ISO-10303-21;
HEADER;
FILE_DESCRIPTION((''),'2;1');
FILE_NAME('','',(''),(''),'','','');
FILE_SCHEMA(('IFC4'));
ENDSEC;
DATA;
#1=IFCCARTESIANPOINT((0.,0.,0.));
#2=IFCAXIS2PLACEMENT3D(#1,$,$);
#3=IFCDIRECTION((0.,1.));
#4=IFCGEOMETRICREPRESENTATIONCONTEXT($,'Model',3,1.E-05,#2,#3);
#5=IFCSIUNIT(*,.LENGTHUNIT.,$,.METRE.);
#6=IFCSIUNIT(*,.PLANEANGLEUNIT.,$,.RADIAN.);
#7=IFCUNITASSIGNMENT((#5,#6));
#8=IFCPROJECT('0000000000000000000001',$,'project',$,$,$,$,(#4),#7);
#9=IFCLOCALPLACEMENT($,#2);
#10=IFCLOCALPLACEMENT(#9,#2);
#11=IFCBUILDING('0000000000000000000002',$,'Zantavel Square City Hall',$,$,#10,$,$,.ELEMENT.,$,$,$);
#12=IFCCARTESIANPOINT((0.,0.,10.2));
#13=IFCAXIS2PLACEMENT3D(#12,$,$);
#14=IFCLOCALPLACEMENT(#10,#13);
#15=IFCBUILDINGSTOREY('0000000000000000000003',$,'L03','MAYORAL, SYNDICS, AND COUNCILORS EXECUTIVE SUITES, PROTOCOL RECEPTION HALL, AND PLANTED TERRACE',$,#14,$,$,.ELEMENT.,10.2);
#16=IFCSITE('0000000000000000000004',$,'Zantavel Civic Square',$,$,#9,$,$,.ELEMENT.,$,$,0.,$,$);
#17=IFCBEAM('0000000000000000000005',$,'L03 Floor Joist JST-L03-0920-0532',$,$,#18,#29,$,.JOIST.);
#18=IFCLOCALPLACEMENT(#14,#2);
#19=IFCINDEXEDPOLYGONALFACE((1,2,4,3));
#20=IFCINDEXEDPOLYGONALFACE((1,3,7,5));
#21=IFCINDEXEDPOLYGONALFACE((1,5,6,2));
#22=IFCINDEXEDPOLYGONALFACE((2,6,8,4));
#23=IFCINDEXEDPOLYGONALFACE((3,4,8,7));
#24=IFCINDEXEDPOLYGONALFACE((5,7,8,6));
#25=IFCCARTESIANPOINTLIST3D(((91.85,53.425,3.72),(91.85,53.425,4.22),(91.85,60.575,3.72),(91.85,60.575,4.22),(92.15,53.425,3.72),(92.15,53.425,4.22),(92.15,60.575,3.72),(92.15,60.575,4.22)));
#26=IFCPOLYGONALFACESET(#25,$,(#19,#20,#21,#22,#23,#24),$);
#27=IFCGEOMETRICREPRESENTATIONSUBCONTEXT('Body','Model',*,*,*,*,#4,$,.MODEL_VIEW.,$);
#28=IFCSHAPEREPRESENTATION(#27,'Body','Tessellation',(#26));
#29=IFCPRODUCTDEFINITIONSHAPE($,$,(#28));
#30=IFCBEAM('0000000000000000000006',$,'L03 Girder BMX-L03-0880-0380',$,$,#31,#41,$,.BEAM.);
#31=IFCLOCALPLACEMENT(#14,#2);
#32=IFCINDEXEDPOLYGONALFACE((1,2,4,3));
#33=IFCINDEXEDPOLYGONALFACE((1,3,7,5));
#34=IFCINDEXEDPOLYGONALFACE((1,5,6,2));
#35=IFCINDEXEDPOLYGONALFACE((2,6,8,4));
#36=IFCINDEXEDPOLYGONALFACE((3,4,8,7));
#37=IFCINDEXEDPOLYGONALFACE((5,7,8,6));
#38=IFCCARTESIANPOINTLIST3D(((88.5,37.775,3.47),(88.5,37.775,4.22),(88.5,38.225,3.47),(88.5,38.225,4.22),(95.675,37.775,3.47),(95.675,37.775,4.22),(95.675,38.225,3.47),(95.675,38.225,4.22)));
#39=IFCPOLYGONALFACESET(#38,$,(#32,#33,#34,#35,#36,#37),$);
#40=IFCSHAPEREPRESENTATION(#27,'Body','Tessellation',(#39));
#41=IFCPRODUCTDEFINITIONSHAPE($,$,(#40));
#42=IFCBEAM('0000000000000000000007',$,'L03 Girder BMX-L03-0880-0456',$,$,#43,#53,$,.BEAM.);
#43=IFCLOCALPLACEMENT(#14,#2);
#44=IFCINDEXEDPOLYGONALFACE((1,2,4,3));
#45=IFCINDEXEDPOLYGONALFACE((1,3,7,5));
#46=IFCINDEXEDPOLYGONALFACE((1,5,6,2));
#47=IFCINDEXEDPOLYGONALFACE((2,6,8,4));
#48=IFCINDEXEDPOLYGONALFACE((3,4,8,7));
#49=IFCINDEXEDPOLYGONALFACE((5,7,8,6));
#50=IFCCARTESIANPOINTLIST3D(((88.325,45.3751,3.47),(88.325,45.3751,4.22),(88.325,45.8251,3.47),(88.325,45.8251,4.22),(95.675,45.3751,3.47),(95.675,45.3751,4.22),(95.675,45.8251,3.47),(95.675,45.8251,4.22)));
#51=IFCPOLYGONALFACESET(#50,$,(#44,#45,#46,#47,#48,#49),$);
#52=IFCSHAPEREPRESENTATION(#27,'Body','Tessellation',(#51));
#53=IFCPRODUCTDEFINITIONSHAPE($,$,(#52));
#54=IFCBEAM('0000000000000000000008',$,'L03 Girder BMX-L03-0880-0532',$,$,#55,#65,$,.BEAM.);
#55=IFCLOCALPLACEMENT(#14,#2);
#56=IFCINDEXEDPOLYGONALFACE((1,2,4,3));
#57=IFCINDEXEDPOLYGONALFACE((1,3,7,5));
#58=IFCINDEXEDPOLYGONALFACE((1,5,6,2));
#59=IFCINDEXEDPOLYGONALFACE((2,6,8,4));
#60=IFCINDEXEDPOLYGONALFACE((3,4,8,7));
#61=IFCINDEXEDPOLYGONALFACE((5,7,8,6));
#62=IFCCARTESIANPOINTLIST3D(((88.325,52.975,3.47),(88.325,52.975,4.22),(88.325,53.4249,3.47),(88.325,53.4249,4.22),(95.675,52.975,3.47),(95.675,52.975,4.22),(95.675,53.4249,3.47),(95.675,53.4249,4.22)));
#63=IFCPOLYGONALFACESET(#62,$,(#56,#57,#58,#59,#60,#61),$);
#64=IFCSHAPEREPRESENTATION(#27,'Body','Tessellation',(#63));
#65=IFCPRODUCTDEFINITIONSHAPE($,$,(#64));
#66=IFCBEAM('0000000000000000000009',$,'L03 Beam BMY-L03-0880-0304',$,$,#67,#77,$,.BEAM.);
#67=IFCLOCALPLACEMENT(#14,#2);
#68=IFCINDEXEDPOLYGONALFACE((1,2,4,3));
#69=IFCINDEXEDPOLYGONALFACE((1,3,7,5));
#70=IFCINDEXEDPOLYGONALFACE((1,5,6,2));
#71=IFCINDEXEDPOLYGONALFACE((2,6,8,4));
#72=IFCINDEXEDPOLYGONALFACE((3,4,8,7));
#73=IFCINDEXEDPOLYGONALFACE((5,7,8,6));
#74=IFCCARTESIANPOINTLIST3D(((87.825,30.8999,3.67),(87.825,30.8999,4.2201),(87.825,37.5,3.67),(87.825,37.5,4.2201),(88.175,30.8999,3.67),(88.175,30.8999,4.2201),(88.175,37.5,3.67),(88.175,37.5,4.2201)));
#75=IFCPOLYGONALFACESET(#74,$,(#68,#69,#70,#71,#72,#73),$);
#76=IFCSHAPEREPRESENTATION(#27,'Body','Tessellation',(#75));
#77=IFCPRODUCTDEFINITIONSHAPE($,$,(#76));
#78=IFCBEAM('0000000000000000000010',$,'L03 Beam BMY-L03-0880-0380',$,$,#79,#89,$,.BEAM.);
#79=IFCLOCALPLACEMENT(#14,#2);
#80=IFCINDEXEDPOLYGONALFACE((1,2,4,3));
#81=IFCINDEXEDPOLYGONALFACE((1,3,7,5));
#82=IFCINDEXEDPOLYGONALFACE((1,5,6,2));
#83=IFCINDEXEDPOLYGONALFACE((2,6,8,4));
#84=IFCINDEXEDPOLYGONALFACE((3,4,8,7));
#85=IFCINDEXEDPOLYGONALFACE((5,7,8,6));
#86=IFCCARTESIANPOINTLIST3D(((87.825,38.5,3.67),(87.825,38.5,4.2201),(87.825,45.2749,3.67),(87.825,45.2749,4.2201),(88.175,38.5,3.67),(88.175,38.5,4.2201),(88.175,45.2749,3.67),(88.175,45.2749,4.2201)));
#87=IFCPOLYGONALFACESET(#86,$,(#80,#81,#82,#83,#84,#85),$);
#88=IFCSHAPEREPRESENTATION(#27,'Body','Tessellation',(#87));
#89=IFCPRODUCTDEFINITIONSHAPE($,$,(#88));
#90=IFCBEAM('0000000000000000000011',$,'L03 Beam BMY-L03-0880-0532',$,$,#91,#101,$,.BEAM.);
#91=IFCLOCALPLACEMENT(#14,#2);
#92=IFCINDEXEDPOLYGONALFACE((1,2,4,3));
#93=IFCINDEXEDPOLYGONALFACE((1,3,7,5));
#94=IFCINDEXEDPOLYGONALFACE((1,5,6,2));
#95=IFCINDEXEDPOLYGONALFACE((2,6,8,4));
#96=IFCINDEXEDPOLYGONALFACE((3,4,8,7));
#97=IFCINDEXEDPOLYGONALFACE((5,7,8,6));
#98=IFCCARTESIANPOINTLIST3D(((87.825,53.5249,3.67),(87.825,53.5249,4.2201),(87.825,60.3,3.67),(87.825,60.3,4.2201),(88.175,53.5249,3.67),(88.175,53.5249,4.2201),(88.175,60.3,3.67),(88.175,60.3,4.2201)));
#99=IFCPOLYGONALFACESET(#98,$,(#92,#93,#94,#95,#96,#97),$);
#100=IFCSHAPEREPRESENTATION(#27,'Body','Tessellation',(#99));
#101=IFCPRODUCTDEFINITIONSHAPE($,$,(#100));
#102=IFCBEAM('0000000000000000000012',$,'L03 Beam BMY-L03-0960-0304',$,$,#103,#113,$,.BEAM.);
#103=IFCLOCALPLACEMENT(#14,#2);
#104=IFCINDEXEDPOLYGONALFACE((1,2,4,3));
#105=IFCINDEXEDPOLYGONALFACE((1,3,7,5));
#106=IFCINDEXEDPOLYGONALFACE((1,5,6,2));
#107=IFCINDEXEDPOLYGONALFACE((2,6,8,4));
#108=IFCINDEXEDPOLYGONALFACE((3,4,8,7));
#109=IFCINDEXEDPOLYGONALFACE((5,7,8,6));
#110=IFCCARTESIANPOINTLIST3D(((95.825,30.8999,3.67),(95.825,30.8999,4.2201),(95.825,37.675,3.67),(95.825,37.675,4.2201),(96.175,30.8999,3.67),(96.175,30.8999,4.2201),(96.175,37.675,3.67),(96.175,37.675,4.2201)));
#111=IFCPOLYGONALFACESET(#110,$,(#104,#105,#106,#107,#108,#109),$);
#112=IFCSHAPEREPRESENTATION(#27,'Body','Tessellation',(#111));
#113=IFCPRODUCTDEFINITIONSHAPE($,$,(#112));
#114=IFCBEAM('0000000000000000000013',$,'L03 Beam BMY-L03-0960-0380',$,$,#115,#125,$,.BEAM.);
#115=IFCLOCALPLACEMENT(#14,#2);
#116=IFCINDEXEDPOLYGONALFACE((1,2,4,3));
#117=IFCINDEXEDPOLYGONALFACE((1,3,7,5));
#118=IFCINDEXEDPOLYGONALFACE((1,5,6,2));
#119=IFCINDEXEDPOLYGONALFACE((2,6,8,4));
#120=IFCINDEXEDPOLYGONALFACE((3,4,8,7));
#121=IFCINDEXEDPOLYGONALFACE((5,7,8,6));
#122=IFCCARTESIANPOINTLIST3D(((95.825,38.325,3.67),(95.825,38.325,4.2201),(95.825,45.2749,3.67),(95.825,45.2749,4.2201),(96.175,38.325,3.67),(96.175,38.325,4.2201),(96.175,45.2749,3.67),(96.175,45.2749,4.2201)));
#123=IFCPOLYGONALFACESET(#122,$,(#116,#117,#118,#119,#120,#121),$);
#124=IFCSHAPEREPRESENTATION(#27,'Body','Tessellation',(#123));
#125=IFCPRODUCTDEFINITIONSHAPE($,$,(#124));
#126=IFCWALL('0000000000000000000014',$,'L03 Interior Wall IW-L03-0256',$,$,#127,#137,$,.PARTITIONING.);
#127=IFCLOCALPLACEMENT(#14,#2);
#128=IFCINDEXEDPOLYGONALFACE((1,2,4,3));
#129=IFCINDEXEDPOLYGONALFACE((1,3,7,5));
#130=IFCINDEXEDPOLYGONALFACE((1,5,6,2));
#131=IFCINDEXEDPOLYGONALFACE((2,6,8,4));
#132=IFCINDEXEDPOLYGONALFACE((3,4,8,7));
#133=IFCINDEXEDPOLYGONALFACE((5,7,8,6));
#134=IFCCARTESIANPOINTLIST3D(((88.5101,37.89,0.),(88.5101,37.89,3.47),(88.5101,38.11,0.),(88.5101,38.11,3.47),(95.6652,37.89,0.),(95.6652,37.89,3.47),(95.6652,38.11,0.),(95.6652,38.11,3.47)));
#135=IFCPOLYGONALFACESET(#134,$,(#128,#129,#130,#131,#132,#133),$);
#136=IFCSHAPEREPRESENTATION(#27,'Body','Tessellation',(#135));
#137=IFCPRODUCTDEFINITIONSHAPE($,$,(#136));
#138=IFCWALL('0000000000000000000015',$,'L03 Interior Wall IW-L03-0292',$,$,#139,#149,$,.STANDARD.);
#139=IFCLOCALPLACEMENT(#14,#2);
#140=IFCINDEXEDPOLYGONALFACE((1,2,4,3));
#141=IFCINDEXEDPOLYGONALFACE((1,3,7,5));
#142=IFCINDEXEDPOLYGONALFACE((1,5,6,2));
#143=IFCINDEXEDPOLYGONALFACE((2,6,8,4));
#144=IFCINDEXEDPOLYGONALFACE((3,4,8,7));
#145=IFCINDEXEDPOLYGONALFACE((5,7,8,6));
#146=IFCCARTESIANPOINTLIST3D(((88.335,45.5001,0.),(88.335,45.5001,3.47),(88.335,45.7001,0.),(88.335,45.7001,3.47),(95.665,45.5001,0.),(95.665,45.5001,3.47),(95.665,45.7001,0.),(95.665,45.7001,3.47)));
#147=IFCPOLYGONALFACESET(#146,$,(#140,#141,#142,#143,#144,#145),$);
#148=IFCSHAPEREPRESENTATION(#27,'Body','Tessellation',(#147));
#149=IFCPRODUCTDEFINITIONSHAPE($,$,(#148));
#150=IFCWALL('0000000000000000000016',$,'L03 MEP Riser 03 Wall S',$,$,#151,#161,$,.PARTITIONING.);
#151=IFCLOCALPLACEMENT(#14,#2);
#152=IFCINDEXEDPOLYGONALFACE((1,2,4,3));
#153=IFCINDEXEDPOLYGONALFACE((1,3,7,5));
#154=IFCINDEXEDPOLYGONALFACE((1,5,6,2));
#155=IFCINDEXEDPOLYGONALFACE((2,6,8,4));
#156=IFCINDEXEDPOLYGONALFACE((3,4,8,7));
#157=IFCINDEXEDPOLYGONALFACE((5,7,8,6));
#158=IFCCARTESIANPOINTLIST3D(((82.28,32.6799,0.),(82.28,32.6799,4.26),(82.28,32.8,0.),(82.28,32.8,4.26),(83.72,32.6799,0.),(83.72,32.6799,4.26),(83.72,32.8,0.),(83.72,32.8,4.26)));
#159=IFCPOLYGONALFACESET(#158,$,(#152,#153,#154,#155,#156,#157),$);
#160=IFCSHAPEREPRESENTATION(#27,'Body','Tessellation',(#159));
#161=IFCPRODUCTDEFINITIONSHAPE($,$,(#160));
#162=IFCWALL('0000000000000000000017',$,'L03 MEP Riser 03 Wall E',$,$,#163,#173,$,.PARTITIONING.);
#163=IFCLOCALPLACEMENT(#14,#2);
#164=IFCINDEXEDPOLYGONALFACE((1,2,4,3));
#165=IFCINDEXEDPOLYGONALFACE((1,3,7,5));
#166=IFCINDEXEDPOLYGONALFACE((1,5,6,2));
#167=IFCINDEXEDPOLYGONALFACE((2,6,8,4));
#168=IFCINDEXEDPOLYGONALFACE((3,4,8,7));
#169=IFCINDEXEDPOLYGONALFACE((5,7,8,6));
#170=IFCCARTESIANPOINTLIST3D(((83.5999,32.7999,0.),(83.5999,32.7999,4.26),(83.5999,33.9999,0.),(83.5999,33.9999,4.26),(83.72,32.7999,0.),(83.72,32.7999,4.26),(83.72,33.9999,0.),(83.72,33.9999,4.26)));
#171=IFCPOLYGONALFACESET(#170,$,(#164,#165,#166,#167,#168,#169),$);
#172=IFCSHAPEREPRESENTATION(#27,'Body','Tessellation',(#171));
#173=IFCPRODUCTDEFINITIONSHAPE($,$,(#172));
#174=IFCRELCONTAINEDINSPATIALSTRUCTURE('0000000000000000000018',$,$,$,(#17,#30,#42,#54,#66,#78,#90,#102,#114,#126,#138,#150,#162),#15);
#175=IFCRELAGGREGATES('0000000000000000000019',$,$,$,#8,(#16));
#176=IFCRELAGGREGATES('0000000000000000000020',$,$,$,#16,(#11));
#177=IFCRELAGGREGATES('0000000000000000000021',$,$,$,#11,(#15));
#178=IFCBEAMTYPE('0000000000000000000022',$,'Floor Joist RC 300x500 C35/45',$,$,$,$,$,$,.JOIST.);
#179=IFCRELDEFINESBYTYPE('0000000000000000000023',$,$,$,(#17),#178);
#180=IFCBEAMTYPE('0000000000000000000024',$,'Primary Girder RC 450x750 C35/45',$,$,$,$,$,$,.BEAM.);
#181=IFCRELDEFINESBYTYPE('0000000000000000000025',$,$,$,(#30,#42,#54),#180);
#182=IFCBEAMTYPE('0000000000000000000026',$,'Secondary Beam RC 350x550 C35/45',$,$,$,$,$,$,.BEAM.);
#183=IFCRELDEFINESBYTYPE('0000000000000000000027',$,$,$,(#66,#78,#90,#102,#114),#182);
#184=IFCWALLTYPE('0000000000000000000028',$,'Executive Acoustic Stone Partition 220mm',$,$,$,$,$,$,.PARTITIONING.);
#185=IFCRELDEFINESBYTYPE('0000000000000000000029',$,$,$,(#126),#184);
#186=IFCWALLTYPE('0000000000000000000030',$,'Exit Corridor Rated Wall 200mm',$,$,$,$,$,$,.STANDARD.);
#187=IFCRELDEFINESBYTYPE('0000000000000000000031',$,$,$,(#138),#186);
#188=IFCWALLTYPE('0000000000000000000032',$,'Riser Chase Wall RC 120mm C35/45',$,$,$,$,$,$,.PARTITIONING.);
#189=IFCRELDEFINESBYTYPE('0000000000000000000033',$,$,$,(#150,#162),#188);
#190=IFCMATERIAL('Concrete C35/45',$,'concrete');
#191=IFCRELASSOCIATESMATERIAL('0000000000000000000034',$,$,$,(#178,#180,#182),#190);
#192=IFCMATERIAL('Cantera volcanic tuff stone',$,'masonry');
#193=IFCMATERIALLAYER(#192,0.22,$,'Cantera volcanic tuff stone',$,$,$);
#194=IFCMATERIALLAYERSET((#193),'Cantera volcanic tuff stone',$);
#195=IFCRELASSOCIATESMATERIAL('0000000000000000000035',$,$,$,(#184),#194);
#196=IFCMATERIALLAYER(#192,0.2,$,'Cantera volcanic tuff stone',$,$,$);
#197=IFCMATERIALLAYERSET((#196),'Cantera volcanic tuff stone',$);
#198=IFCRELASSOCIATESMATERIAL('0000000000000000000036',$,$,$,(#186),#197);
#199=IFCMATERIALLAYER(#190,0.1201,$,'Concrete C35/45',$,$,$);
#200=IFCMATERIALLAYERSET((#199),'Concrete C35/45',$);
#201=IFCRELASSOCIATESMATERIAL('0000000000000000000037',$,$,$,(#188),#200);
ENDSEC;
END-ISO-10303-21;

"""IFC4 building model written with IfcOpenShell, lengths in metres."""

from ifc_helpers import new_model, si_unit, direction, frame, frame_2d, origin, origin_2d, place, context, subcontext, project, spatial, rectangle, extrude, material, layer, layer_set, material_profile, profile_set, type_object, element, save


model = new_model("IFC4")

# Units and contexts
model_context = context("Model", 3, precision=1e-05, world=origin(), true_north=direction((0.0, 1.0)))
body_context = subcontext(model_context, "Body", "Model", "MODEL_VIEW")
ifc_project = project(units=[si_unit("LENGTHUNIT", "METRE"), si_unit("PLANEANGLEUNIT", "RADIAN")], contexts=[model_context])

# Site, building, storey
site_placement = place(None, origin())
site = spatial("IfcSite", under=ifc_project, at=site_placement, Name="Zantavel Civic Square", CompositionType="ELEMENT", RefElevation=0.0)
building_placement = place(site_placement, origin())
building = spatial("IfcBuilding", under=site, at=building_placement, Name="Zantavel Square City Hall", CompositionType="ELEMENT")
storey_placement = place(building_placement, frame((0.0, 0.0, 10.2)))
storey = spatial("IfcBuildingStorey", under=building, at=storey_placement, Name="L03", Description="MAYORAL, SYNDICS, AND COUNCILORS EXECUTIVE SUITES, PROTOCOL RECEPTION HALL, AND PLANTED TERRACE", CompositionType="ELEMENT", Elevation=10.2)

# Beams
ifc_material_1 = material(Name="Concrete C35/45", Category="concrete")
ifc_material_profile_1 = material_profile(ifc_material_1, rectangle(XDim=0.3, YDim=0.5, at=origin_2d()), Name="RC 300x500")
ifc_profile_set_1 = profile_set([ifc_material_profile_1], Name="Concrete C35/45")
beam_type_1 = type_object("IfcBeamType", Name="Floor Joist RC 300x500 C35/45", PredefinedType="JOIST", material=ifc_profile_set_1)
beam_1_placement = place(storey_placement, frame((92.0, 53.425, 3.97), z_axis=(0.0, 1.0, 0.0), x_axis=(-1.0, 0.0, 0.0)))
element("IfcBeam", 1, at=beam_1_placement, inside=storey, type_object=beam_type_1, Name="L03 Floor Joist JST-L03-0920-0532", PredefinedType="JOIST", context=body_context, shape_type="SweptSolid", body=[
    extrude(rectangle(XDim=0.3, YDim=0.5, at=origin_2d()), origin(), (0.0, 0.0, 1.0), 7.1499),
])
ifc_material_profile_2 = material_profile(ifc_material_1, rectangle(XDim=0.45, YDim=0.75, at=origin_2d()), Name="RC 450x750")
ifc_profile_set_2 = profile_set([ifc_material_profile_2], Name="Concrete C35/45")
beam_type_2 = type_object("IfcBeamType", Name="Primary Girder RC 450x750 C35/45", PredefinedType="BEAM", material=ifc_profile_set_2)
beam_2_placement = place(storey_placement, frame((88.5, 38.0, 3.845), z_axis=(1.0, 0.0, 0.0), x_axis=(0.0, 1.0, 0.0)))
element("IfcBeam", 2, at=beam_2_placement, inside=storey, type_object=beam_type_2, Name="L03 Girder BMX-L03-0880-0380", PredefinedType="BEAM", context=body_context, shape_type="SweptSolid", body=[
    extrude(rectangle(XDim=0.45, YDim=0.75, at=origin_2d()), origin(), (0.0, 0.0, 1.0), 7.175),
])
for number, where, z_axis, x_axis, name in (
    (3, (88.325, 45.6001, 3.845), (1.0, 0.0, 0.0), (0.0, 1.0, 0.0), "L03 Girder BMX-L03-0880-0456"),
    (4, (88.325, 53.2, 3.845), (1.0, 0.0, 0.0), (0.0, 1.0, 0.0), "L03 Girder BMX-L03-0880-0532"),
):
    element("IfcBeam", number, at=place(storey_placement, frame(where, z_axis=z_axis, x_axis=x_axis)), inside=storey, type_object=beam_type_2, Name=name, PredefinedType="BEAM", context=body_context, shape_type="SweptSolid", body=[
        extrude(rectangle(XDim=0.45, YDim=0.75, at=origin_2d()), origin(), (0.0, 0.0, 1.0), 7.3501),
    ])
ifc_material_profile_3 = material_profile(ifc_material_1, rectangle(XDim=0.3501, YDim=0.55, at=origin_2d()), Name="RC 350x550")
ifc_profile_set_3 = profile_set([ifc_material_profile_3], Name="Concrete C35/45")
beam_type_3 = type_object("IfcBeamType", Name="Secondary Beam RC 350x550 C35/45", PredefinedType="BEAM", material=ifc_profile_set_3)
beam_3_placement = place(storey_placement, frame((88.0, 30.8999, 3.9451), z_axis=(0.0, 1.0, 0.0), x_axis=(-1.0, 0.0, 0.0)))
element("IfcBeam", 5, at=beam_3_placement, inside=storey, type_object=beam_type_3, Name="L03 Beam BMY-L03-0880-0304", PredefinedType="BEAM", context=body_context, shape_type="SweptSolid", body=[
    extrude(rectangle(XDim=0.3501, YDim=0.55, at=origin_2d()), origin(), (0.0, 0.0, 1.0), 6.6001),
])
beam_4_placement = place(storey_placement, frame((88.0, 38.5, 3.9451), z_axis=(0.0, 1.0, 0.0), x_axis=(-1.0, 0.0, 0.0)))
element("IfcBeam", 6, at=beam_4_placement, inside=storey, type_object=beam_type_3, Name="L03 Beam BMY-L03-0880-0380", PredefinedType="BEAM", context=body_context, shape_type="SweptSolid", body=[
    extrude(rectangle(XDim=0.3501, YDim=0.55, at=origin_2d()), origin(), (0.0, 0.0, 1.0), 6.7749),
])
for number, where, z_axis, x_axis, name in (
    (7, (88.0, 53.5249, 3.9451), (0.0, 1.0, 0.0), (-1.0, 0.0, 0.0), "L03 Beam BMY-L03-0880-0532"),
    (8, (96.0, 30.8999, 3.9451), (0.0, 1.0, 0.0), (-1.0, 0.0, 0.0), "L03 Beam BMY-L03-0960-0304"),
):
    element("IfcBeam", number, at=place(storey_placement, frame(where, z_axis=z_axis, x_axis=x_axis)), inside=storey, type_object=beam_type_3, Name=name, PredefinedType="BEAM", context=body_context, shape_type="SweptSolid", body=[
        extrude(rectangle(XDim=0.3501, YDim=0.55, at=origin_2d()), origin(), (0.0, 0.0, 1.0), 6.7751),
    ])
beam_5_placement = place(storey_placement, frame((96.0, 38.325, 3.9451), z_axis=(0.0, 1.0, 0.0), x_axis=(-1.0, 0.0, 0.0)))
element("IfcBeam", 9, at=beam_5_placement, inside=storey, type_object=beam_type_3, Name="L03 Beam BMY-L03-0960-0380", PredefinedType="BEAM", context=body_context, shape_type="SweptSolid", body=[
    extrude(rectangle(XDim=0.3501, YDim=0.55, at=origin_2d()), origin(), (0.0, 0.0, 1.0), 6.95),
])

# Shared definitions
ifc_material_2 = material(Name="Cantera volcanic tuff stone", Category="masonry")
ifc_layer_1 = layer(ifc_material_2, 0.22, Name="Cantera volcanic tuff stone")
ifc_layer_set_1 = layer_set([ifc_layer_1], Name="Cantera volcanic tuff stone")
wall_type_1 = type_object("IfcWallType", Name="Executive Acoustic Stone Partition 220mm", PredefinedType="PARTITIONING", material=ifc_layer_set_1)

# Walls
wall_1_placement = place(storey_placement, frame((88.51, 38.0, 0.0), z_axis=(0.0, 0.0, 1.0), x_axis=(1.0, 0.0, 0.0)))
element("IfcWall", 10, at=wall_1_placement, inside=storey, type_object=wall_type_1, Name="L03 Interior Wall IW-L03-0256", PredefinedType="PARTITIONING", context=body_context, shape_type="SweptSolid", body=[
    extrude(rectangle(XDim=7.155, YDim=0.22, at=frame_2d((3.5776, 0.0))), origin(), (0.0, 0.0, 1.0), 3.47),
])
ifc_layer_2 = layer(ifc_material_2, 0.2, Name="Cantera volcanic tuff stone")
ifc_layer_set_2 = layer_set([ifc_layer_2], Name="Cantera volcanic tuff stone")
wall_type_2 = type_object("IfcWallType", Name="Exit Corridor Rated Wall 200mm", PredefinedType="STANDARD", material=ifc_layer_set_2)
wall_2_placement = place(storey_placement, frame((88.335, 45.6001, 0.0), z_axis=(0.0, 0.0, 1.0), x_axis=(1.0, 0.0, 0.0)))
element("IfcWall", 11, at=wall_2_placement, inside=storey, type_object=wall_type_2, Name="L03 Interior Wall IW-L03-0292", PredefinedType="STANDARD", context=body_context, shape_type="SweptSolid", body=[
    extrude(rectangle(XDim=7.3301, YDim=0.2, at=frame_2d((3.665, 0.0))), origin(), (0.0, 0.0, 1.0), 3.47),
])
ifc_layer_3 = layer(ifc_material_1, 0.1201, Name="Concrete C35/45")
ifc_layer_set_3 = layer_set([ifc_layer_3], Name="Concrete C35/45")
wall_type_3 = type_object("IfcWallType", Name="Riser Chase Wall RC 120mm C35/45", PredefinedType="PARTITIONING", material=ifc_layer_set_3)
wall_3_placement = place(storey_placement, frame((83.72, 32.74, 0.0), z_axis=(0.0, 0.0, 1.0), x_axis=(-1.0, 0.0, 0.0)))
element("IfcWall", 12, at=wall_3_placement, inside=storey, type_object=wall_type_3, Name="L03 MEP Riser 03 Wall S", PredefinedType="PARTITIONING", context=body_context, shape_type="SweptSolid", body=[
    extrude(rectangle(XDim=1.4399, YDim=0.1201, at=frame_2d((0.72, 0.0))), origin(), (0.0, 0.0, 1.0), 4.26),
])
wall_4_placement = place(storey_placement, frame((83.6599, 34.0, 0.0), z_axis=(0.0, 0.0, 1.0), x_axis=(0.0, -1.0, 0.0)))
element("IfcWall", 13, at=wall_4_placement, inside=storey, type_object=wall_type_3, Name="L03 MEP Riser 03 Wall E", PredefinedType="PARTITIONING", context=body_context, shape_type="SweptSolid", body=[
    extrude(rectangle(XDim=1.2, YDim=0.1201, at=frame_2d((0.6001, 0.0))), origin(), (0.0, 0.0, 1.0), 4.26),
])

save(model, "model.ifc")
